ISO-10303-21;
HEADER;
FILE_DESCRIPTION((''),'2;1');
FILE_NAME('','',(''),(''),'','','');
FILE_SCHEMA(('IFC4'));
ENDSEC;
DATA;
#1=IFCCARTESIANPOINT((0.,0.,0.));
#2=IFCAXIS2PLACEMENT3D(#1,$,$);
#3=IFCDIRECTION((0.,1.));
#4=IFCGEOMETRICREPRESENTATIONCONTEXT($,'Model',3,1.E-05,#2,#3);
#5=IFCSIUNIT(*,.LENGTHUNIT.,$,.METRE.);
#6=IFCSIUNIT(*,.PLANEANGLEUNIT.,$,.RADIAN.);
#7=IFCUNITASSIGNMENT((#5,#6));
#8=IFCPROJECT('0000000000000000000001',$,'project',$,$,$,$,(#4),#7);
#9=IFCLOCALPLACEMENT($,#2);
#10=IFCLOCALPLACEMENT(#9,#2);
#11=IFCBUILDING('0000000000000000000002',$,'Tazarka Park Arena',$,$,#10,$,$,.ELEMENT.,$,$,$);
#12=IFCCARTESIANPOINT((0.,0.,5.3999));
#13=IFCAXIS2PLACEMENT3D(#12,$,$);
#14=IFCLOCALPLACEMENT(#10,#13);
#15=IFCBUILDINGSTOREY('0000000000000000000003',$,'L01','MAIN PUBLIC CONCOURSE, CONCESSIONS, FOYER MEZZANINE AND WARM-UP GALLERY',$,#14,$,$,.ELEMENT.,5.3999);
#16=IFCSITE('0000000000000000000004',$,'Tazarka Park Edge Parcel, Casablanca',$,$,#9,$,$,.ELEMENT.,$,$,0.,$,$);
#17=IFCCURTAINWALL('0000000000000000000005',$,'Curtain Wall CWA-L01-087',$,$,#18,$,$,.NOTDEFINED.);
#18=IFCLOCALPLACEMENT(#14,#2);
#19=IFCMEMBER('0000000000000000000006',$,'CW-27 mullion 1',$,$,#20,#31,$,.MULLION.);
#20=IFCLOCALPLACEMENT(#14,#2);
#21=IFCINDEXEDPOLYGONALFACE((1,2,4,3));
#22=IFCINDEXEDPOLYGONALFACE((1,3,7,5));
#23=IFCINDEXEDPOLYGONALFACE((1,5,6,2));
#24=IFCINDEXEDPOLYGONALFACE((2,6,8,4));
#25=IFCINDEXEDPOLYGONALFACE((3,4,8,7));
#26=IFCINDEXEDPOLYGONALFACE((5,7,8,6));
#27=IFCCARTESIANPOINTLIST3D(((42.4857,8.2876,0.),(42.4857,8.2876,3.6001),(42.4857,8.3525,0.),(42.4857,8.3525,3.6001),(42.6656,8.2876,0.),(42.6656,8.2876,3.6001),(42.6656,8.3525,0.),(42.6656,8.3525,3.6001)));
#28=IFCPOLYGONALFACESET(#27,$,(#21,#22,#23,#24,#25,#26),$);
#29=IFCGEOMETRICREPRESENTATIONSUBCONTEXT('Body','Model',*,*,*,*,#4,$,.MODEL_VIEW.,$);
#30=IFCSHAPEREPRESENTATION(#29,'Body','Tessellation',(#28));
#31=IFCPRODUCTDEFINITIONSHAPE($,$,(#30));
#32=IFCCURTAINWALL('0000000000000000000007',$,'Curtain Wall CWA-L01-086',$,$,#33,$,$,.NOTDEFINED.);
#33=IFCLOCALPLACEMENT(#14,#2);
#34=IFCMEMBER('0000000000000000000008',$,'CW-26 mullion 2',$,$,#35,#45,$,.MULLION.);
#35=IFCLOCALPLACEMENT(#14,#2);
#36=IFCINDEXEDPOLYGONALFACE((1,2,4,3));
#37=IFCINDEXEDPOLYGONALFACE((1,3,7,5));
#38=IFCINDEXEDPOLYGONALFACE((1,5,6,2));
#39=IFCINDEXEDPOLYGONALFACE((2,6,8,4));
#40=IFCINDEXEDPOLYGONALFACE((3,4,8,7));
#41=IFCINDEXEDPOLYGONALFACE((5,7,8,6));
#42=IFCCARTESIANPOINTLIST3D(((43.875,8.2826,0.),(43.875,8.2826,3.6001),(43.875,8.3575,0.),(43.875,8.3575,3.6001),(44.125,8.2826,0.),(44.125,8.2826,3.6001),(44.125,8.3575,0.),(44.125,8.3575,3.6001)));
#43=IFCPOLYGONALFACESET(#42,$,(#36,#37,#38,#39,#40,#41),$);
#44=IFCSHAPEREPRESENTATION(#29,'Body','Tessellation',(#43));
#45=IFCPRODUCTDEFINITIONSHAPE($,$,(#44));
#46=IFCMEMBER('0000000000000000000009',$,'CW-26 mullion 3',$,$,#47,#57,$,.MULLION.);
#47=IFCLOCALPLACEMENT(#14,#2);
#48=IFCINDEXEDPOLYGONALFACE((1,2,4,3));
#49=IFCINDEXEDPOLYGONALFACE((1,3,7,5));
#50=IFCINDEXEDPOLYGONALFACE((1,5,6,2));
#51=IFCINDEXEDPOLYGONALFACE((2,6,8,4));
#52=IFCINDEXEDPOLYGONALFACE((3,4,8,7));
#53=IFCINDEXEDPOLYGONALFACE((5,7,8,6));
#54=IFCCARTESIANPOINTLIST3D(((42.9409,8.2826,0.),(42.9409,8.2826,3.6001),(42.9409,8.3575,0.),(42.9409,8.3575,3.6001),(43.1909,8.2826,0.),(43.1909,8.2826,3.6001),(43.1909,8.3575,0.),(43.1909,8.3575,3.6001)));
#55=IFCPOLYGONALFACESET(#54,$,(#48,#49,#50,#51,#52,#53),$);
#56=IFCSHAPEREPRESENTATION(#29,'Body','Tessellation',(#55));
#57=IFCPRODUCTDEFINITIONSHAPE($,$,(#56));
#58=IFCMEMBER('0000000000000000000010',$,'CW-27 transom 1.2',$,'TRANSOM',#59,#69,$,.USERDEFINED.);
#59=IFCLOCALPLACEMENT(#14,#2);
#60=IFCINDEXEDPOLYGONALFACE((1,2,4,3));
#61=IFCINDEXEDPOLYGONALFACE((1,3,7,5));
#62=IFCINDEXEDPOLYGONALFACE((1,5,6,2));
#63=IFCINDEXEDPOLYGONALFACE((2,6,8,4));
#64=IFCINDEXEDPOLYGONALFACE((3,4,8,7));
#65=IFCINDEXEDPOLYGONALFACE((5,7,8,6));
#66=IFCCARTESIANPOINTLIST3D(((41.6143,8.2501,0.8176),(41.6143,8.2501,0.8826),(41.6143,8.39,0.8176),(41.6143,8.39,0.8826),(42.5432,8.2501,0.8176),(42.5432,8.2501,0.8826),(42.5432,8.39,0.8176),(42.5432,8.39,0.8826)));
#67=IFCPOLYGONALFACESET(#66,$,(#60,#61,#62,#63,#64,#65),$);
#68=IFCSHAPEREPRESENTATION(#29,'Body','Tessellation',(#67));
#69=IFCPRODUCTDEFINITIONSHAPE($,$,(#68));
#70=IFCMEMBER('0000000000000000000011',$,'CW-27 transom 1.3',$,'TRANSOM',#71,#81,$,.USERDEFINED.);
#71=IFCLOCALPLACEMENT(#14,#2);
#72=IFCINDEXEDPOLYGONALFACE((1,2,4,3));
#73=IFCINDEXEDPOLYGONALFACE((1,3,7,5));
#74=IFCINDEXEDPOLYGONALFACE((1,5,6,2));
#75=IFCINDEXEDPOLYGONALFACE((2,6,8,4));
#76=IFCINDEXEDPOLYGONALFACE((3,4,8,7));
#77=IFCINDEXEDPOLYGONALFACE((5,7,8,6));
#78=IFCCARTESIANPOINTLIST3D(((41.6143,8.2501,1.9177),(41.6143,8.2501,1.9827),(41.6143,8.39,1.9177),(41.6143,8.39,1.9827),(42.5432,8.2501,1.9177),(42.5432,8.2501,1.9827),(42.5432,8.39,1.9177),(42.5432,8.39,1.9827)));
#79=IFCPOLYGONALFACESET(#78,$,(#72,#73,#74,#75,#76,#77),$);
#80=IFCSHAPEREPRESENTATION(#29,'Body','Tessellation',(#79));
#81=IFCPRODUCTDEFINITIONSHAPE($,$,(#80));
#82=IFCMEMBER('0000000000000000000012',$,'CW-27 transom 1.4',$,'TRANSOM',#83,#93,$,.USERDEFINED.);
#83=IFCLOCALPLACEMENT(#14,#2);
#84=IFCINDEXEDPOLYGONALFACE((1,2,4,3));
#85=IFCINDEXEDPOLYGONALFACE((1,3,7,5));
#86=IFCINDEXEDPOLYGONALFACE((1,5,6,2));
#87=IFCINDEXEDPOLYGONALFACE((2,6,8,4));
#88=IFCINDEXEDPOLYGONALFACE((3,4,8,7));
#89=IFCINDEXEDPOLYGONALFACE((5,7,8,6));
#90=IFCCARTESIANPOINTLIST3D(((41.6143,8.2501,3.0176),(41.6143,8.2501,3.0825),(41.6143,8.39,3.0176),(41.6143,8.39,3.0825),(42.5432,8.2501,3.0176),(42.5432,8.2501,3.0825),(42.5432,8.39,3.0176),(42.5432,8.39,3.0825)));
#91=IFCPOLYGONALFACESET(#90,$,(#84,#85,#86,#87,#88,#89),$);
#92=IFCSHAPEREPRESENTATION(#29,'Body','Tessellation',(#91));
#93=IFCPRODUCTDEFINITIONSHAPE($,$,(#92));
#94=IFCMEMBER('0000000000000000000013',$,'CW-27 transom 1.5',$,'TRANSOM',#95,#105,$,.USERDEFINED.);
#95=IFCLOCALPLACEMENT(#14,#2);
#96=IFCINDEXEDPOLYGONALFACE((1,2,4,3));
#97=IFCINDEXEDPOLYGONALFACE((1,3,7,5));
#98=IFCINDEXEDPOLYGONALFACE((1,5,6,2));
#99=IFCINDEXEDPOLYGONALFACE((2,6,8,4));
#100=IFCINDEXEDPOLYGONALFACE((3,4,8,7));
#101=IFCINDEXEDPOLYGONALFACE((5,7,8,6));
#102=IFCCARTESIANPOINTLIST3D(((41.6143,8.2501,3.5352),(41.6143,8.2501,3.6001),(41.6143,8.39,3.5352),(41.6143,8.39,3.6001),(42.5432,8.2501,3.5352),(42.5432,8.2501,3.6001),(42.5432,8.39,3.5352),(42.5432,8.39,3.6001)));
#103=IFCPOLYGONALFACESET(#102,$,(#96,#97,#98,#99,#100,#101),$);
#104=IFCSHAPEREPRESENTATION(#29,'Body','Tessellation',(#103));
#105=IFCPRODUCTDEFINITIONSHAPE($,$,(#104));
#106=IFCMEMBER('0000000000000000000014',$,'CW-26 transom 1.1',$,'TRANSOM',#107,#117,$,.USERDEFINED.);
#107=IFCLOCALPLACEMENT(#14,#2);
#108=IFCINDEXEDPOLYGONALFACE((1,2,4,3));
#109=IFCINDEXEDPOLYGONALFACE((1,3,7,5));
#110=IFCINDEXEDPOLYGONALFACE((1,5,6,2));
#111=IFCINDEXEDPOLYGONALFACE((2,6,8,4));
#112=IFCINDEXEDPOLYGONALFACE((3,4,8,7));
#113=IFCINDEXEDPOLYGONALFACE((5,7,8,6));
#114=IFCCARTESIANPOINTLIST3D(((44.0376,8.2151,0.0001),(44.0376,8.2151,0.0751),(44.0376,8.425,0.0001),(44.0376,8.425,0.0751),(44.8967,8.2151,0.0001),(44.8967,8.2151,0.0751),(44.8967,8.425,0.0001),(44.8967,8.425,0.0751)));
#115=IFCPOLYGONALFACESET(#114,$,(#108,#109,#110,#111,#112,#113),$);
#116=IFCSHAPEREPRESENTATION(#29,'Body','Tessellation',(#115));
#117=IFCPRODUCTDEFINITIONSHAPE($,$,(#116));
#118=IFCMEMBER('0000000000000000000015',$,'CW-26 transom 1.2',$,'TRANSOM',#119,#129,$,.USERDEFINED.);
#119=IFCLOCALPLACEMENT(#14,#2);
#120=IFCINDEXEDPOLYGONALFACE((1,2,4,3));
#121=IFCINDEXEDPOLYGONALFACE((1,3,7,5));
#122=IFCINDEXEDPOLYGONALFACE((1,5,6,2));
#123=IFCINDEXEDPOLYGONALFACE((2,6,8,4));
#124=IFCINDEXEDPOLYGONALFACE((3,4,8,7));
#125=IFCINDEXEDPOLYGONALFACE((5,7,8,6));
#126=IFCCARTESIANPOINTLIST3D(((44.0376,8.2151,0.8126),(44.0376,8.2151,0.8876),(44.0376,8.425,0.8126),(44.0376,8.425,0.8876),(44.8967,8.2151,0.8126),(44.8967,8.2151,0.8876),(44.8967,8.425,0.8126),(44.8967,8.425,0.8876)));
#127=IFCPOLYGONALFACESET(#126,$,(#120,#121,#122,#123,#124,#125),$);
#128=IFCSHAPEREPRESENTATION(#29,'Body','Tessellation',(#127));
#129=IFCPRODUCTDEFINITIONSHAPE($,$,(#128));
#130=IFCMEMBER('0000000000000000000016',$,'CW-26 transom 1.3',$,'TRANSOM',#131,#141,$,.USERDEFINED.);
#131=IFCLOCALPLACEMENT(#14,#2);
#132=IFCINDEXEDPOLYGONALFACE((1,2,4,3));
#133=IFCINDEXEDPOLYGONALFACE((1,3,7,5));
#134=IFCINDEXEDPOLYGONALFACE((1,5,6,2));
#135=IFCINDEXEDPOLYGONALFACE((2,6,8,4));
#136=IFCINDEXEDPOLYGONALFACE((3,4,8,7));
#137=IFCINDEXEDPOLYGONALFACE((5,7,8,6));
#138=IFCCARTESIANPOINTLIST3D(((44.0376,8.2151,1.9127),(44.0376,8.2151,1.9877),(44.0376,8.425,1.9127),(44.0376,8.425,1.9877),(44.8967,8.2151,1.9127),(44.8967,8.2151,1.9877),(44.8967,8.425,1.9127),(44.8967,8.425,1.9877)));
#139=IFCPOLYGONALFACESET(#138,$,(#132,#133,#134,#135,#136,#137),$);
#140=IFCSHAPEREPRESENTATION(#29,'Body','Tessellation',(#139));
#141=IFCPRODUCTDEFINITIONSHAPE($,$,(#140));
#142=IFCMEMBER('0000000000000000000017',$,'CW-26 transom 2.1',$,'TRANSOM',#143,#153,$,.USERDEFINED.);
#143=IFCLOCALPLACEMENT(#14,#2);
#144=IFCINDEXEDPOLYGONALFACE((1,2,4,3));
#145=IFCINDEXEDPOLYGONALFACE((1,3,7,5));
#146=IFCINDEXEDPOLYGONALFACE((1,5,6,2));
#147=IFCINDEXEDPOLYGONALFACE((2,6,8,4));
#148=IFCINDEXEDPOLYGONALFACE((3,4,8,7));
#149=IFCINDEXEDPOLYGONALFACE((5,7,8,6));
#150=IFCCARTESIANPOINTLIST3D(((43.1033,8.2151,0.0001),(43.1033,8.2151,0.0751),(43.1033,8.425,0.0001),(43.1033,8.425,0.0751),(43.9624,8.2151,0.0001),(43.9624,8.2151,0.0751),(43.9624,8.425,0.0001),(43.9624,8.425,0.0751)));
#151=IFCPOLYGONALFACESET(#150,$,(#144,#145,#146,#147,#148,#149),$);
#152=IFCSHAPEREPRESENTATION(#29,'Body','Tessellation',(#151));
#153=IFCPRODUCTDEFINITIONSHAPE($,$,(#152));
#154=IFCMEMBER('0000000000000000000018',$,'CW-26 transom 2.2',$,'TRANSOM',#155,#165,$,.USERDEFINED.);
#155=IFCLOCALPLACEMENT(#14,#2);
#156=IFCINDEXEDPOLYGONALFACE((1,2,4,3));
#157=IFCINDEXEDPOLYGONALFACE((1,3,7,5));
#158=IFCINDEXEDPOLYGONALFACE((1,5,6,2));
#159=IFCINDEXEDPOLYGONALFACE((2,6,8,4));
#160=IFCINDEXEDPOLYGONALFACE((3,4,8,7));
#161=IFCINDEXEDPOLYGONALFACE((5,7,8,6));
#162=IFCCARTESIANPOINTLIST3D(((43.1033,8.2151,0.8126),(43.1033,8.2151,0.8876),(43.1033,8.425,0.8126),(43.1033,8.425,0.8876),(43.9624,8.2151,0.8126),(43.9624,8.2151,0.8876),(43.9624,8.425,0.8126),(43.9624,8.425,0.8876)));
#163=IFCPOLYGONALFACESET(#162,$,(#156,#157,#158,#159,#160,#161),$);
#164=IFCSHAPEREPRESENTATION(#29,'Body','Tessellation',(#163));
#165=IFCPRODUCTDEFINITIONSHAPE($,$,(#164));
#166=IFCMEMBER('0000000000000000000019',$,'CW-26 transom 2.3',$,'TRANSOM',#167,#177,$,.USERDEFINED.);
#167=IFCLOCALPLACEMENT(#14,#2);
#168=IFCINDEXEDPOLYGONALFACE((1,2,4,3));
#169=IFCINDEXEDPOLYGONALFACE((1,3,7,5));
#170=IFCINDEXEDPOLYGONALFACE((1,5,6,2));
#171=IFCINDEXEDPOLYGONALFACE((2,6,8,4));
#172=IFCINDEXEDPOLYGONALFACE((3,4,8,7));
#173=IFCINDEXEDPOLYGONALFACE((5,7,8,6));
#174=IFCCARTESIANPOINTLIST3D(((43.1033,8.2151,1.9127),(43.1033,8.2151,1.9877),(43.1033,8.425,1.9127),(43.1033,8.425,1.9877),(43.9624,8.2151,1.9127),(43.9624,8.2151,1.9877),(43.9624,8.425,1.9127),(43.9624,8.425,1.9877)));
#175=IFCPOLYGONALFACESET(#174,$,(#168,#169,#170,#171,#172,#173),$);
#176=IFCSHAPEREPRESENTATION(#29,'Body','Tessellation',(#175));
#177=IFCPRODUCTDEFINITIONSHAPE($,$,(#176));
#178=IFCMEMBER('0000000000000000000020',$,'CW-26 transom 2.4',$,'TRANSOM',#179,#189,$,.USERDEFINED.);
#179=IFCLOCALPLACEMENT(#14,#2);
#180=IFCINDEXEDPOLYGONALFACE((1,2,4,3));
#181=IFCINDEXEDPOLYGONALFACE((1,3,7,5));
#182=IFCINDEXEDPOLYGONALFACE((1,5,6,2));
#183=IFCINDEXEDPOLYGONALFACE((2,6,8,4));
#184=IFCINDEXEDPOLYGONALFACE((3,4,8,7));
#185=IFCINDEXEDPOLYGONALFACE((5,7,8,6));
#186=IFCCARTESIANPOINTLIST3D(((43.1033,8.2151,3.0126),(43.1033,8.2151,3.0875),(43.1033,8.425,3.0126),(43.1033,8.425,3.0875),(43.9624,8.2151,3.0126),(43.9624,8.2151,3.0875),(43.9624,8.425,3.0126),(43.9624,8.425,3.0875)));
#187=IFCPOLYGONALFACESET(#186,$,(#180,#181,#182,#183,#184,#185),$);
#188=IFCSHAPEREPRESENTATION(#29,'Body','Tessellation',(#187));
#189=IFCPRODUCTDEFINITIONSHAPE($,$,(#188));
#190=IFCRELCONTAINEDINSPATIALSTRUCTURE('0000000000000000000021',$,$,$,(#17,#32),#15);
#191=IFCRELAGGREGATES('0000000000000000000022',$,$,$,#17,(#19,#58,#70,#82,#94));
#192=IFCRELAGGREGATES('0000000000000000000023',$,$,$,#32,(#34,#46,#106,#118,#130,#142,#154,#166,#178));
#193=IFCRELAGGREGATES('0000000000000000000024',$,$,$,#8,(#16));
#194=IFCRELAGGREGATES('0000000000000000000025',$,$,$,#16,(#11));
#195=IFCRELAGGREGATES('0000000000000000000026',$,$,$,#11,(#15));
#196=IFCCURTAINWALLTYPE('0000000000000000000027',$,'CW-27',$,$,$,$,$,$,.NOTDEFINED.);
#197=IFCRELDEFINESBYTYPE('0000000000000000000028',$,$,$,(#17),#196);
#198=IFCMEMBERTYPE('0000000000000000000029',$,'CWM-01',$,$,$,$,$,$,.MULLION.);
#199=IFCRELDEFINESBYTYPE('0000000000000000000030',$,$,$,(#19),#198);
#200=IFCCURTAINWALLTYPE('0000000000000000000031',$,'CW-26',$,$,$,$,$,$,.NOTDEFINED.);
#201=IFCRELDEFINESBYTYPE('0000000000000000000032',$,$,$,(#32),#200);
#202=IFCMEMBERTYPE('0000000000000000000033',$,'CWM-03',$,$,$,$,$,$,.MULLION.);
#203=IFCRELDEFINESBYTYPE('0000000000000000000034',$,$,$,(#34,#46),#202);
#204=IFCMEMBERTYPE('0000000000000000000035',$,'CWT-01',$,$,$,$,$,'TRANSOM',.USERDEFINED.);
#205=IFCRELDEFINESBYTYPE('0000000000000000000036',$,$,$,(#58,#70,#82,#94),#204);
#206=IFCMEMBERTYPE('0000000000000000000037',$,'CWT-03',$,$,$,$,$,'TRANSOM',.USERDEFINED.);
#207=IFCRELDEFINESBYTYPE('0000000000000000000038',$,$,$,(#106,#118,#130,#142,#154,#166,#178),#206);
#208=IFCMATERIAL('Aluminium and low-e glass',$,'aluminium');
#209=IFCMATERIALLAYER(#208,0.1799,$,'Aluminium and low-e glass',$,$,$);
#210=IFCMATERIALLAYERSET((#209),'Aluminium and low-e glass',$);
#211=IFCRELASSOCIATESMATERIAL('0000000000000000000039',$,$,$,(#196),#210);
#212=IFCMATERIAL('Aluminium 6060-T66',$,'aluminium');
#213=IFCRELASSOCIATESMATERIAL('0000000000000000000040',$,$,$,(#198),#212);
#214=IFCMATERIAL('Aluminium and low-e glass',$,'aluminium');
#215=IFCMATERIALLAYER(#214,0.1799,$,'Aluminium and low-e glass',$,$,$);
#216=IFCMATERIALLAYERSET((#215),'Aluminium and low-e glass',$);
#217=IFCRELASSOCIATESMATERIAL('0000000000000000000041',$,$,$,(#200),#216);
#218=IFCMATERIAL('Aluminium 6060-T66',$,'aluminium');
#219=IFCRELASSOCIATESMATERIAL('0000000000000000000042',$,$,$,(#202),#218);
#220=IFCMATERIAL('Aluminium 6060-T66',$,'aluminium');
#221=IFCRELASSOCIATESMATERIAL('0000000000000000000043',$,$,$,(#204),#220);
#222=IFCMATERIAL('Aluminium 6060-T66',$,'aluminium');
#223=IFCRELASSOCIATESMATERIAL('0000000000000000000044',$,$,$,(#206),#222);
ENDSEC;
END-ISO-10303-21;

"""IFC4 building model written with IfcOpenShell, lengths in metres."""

from ifc_helpers import new_model, si_unit, direction, frame, origin, origin_2d, place, context, subcontext, project, spatial, rectangle, extrude, material, layer, layer_set, material_profile, profile_set, type_object, element, aggregate, save


model = new_model("IFC4")

# Units and contexts
model_context = context("Model", 3, precision=1e-05, world=origin(), true_north=direction((0.0, 1.0)))
body_context = subcontext(model_context, "Body", "Model", "MODEL_VIEW")
ifc_project = project(units=[si_unit("LENGTHUNIT", "METRE"), si_unit("PLANEANGLEUNIT", "RADIAN")], contexts=[model_context])

# Site, building, storey
site_placement = place(None, origin())
site = spatial("IfcSite", under=ifc_project, at=site_placement, Name="Tazarka Park Edge Parcel, Casablanca", CompositionType="ELEMENT", RefElevation=0.0)
building_placement = place(site_placement, origin())
building = spatial("IfcBuilding", under=site, at=building_placement, Name="Tazarka Park Arena", CompositionType="ELEMENT")
storey_placement = place(building_placement, frame((0.0, 0.0, 5.3999)))
storey = spatial("IfcBuildingStorey", under=building, at=storey_placement, Name="L01", Description="MAIN PUBLIC CONCOURSE, CONCESSIONS, FOYER MEZZANINE AND WARM-UP GALLERY", CompositionType="ELEMENT", Elevation=5.3999)

# Curtain wall, member
ifc_material_1 = material(Name="Aluminium and low-e glass", Category="aluminium")
ifc_layer_1 = layer(ifc_material_1, 0.1799, Name="Aluminium and low-e glass")
ifc_layer_set_1 = layer_set([ifc_layer_1], Name="Aluminium and low-e glass")
curtain_wall_type_1 = type_object("IfcCurtainWallType", Name="CW-27", PredefinedType="NOTDEFINED", material=ifc_layer_set_1)
curtain_wall_1_placement = place(storey_placement, origin())
curtain_wall_1 = element("IfcCurtainWall", 1, at=curtain_wall_1_placement, inside=storey, type_object=curtain_wall_type_1, Name="Curtain Wall CWA-L01-087", PredefinedType="NOTDEFINED")
ifc_material_2 = material(Name="Aluminium 6060-T66", Category="aluminium")
ifc_material_profile_1 = material_profile(ifc_material_2, rectangle(XDim=0.0649, YDim=0.1799, at=origin_2d()), Name="Aluminium 6060-T66")
ifc_profile_set_1 = profile_set([ifc_material_profile_1], Name="Aluminium 6060-T66")
member_type_1 = type_object("IfcMemberType", Name="CWM-01", PredefinedType="MULLION", material=ifc_profile_set_1)
member_1_placement = place(storey_placement, frame((42.5757, 8.3201, 0.0), z_axis=(0.0, 0.0, 1.0), x_axis=(0.0, -1.0, 0.0)))
member_1 = element("IfcMember", 2, at=member_1_placement, type_object=member_type_1, Name="CW-27 mullion 1", PredefinedType="MULLION", context=body_context, shape_type="SweptSolid", body=[
    extrude(rectangle(XDim=0.0649, YDim=0.1799, at=origin_2d()), origin(), (0.0, 0.0, 1.0), 3.6001),
])

# Curtain wall, members
ifc_material_3 = material(Name="Aluminium and low-e glass", Category="aluminium")
ifc_layer_2 = layer(ifc_material_3, 0.1799, Name="Aluminium and low-e glass")
ifc_layer_set_2 = layer_set([ifc_layer_2], Name="Aluminium and low-e glass")
curtain_wall_type_2 = type_object("IfcCurtainWallType", Name="CW-26", PredefinedType="NOTDEFINED", material=ifc_layer_set_2)
curtain_wall_2_placement = place(storey_placement, origin())
curtain_wall_2 = element("IfcCurtainWall", 3, at=curtain_wall_2_placement, inside=storey, type_object=curtain_wall_type_2, Name="Curtain Wall CWA-L01-086", PredefinedType="NOTDEFINED")
ifc_material_4 = material(Name="Aluminium 6060-T66", Category="aluminium")
ifc_material_profile_2 = material_profile(ifc_material_4, rectangle(XDim=0.075, YDim=0.25, at=origin_2d()), Name="Aluminium 6060-T66")
ifc_profile_set_2 = profile_set([ifc_material_profile_2], Name="Aluminium 6060-T66")
member_type_2 = type_object("IfcMemberType", Name="CWM-03", PredefinedType="MULLION", material=ifc_profile_set_2)
member_2_placement = place(storey_placement, frame((44.0, 8.3201, 0.0), z_axis=(0.0, 0.0, 1.0), x_axis=(0.0, -1.0, 0.0)))
member_2 = element("IfcMember", 4, at=member_2_placement, type_object=member_type_2, Name="CW-26 mullion 2", PredefinedType="MULLION", context=body_context, shape_type="SweptSolid", body=[
    extrude(rectangle(XDim=0.075, YDim=0.25, at=origin_2d()), origin(), (0.0, 0.0, 1.0), 3.6001),
])
member_3_placement = place(storey_placement, frame((43.0659, 8.3201, 0.0), z_axis=(0.0, 0.0, 1.0), x_axis=(0.0, -1.0, 0.0)))
member_3 = element("IfcMember", 5, at=member_3_placement, type_object=member_type_2, Name="CW-26 mullion 3", PredefinedType="MULLION", context=body_context, shape_type="SweptSolid", body=[
    extrude(rectangle(XDim=0.075, YDim=0.25, at=origin_2d()), origin(), (0.0, 0.0, 1.0), 3.6001),
])

# Members
ifc_material_5 = material(Name="Aluminium 6060-T66", Category="aluminium")
ifc_material_profile_3 = material_profile(ifc_material_5, rectangle(XDim=0.1399, YDim=0.0649, at=origin_2d()), Name="Aluminium 6060-T66")
ifc_profile_set_3 = profile_set([ifc_material_profile_3], Name="Aluminium 6060-T66")
member_type_3 = type_object("IfcMemberType", Name="CWT-01", ElementType="TRANSOM", PredefinedType="USERDEFINED", material=ifc_profile_set_3)
member_4_placement = place(storey_placement, frame((42.5432, 8.3201, 0.8501), z_axis=(-1.0, 0.0, 0.0), x_axis=(0.0, -1.0, 0.0)))
member_4 = element("IfcMember", 6, at=member_4_placement, type_object=member_type_3, Name="CW-27 transom 1.2", ObjectType="TRANSOM", PredefinedType="USERDEFINED", context=body_context, shape_type="SweptSolid", body=[
    extrude(rectangle(XDim=0.1399, YDim=0.0649, at=origin_2d()), origin(), (0.0, 0.0, 1.0), 0.929),
])
member_5_placement = place(storey_placement, frame((42.5432, 8.3201, 1.9502), z_axis=(-1.0, 0.0, 0.0), x_axis=(0.0, -1.0, 0.0)))
member_5 = element("IfcMember", 7, at=member_5_placement, type_object=member_type_3, Name="CW-27 transom 1.3", ObjectType="TRANSOM", PredefinedType="USERDEFINED", context=body_context, shape_type="SweptSolid", body=[
    extrude(rectangle(XDim=0.1399, YDim=0.0649, at=origin_2d()), origin(), (0.0, 0.0, 1.0), 0.929),
])
member_6_placement = place(storey_placement, frame((42.5432, 8.3201, 3.05), z_axis=(-1.0, 0.0, 0.0), x_axis=(0.0, -1.0, 0.0)))
member_6 = element("IfcMember", 8, at=member_6_placement, type_object=member_type_3, Name="CW-27 transom 1.4", ObjectType="TRANSOM", PredefinedType="USERDEFINED", context=body_context, shape_type="SweptSolid", body=[
    extrude(rectangle(XDim=0.1399, YDim=0.0649, at=origin_2d()), origin(), (0.0, 0.0, 1.0), 0.929),
])
member_7_placement = place(storey_placement, frame((42.5432, 8.3201, 3.5676), z_axis=(-1.0, 0.0, 0.0), x_axis=(0.0, -1.0, 0.0)))
member_7 = element("IfcMember", 9, at=member_7_placement, type_object=member_type_3, Name="CW-27 transom 1.5", ObjectType="TRANSOM", PredefinedType="USERDEFINED", context=body_context, shape_type="SweptSolid", body=[
    extrude(rectangle(XDim=0.1399, YDim=0.0649, at=origin_2d()), origin(), (0.0, 0.0, 1.0), 0.929),
])
aggregate(curtain_wall_1, [member_1, member_4, member_5, member_6, member_7])
ifc_material_6 = material(Name="Aluminium 6060-T66", Category="aluminium")
ifc_material_profile_4 = material_profile(ifc_material_6, rectangle(XDim=0.21, YDim=0.075, at=origin_2d()), Name="Aluminium 6060-T66")
ifc_profile_set_4 = profile_set([ifc_material_profile_4], Name="Aluminium 6060-T66")
member_type_4 = type_object("IfcMemberType", Name="CWT-03", ElementType="TRANSOM", PredefinedType="USERDEFINED", material=ifc_profile_set_4)
member_8_placement = place(storey_placement, frame((44.8967, 8.3201, 0.0376), z_axis=(-1.0, 0.0, 0.0), x_axis=(0.0, -1.0, 0.0)))
member_8 = element("IfcMember", 10, at=member_8_placement, type_object=member_type_4, Name="CW-26 transom 1.1", ObjectType="TRANSOM", PredefinedType="USERDEFINED", context=body_context, shape_type="SweptSolid", body=[
    extrude(rectangle(XDim=0.21, YDim=0.075, at=origin_2d()), origin(), (0.0, 0.0, 1.0), 0.8591),
])
member_9_placement = place(storey_placement, frame((44.8967, 8.3201, 0.8501), z_axis=(-1.0, 0.0, 0.0), x_axis=(0.0, -1.0, 0.0)))
member_9 = element("IfcMember", 11, at=member_9_placement, type_object=member_type_4, Name="CW-26 transom 1.2", ObjectType="TRANSOM", PredefinedType="USERDEFINED", context=body_context, shape_type="SweptSolid", body=[
    extrude(rectangle(XDim=0.21, YDim=0.075, at=origin_2d()), origin(), (0.0, 0.0, 1.0), 0.8591),
])
member_10_placement = place(storey_placement, frame((44.8967, 8.3201, 1.9502), z_axis=(-1.0, 0.0, 0.0), x_axis=(0.0, -1.0, 0.0)))
member_10 = element("IfcMember", 12, at=member_10_placement, type_object=member_type_4, Name="CW-26 transom 1.3", ObjectType="TRANSOM", PredefinedType="USERDEFINED", context=body_context, shape_type="SweptSolid", body=[
    extrude(rectangle(XDim=0.21, YDim=0.075, at=origin_2d()), origin(), (0.0, 0.0, 1.0), 0.8591),
])
member_11_placement = place(storey_placement, frame((43.9624, 8.3201, 0.0376), z_axis=(-1.0, 0.0, 0.0), x_axis=(0.0, -1.0, 0.0)))
member_11 = element("IfcMember", 13, at=member_11_placement, type_object=member_type_4, Name="CW-26 transom 2.1", ObjectType="TRANSOM", PredefinedType="USERDEFINED", context=body_context, shape_type="SweptSolid", body=[
    extrude(rectangle(XDim=0.21, YDim=0.075, at=origin_2d()), origin(), (0.0, 0.0, 1.0), 0.8591),
])
member_12_placement = place(storey_placement, frame((43.9624, 8.3201, 0.8501), z_axis=(-1.0, 0.0, 0.0), x_axis=(0.0, -1.0, 0.0)))
member_12 = element("IfcMember", 14, at=member_12_placement, type_object=member_type_4, Name="CW-26 transom 2.2", ObjectType="TRANSOM", PredefinedType="USERDEFINED", context=body_context, shape_type="SweptSolid", body=[
    extrude(rectangle(XDim=0.21, YDim=0.075, at=origin_2d()), origin(), (0.0, 0.0, 1.0), 0.8591),
])
member_13_placement = place(storey_placement, frame((43.9624, 8.3201, 1.9502), z_axis=(-1.0, 0.0, 0.0), x_axis=(0.0, -1.0, 0.0)))
member_13 = element("IfcMember", 15, at=member_13_placement, type_object=member_type_4, Name="CW-26 transom 2.3", ObjectType="TRANSOM", PredefinedType="USERDEFINED", context=body_context, shape_type="SweptSolid", body=[
    extrude(rectangle(XDim=0.21, YDim=0.075, at=origin_2d()), origin(), (0.0, 0.0, 1.0), 0.8591),
])
member_14_placement = place(storey_placement, frame((43.9624, 8.3201, 3.05), z_axis=(-1.0, 0.0, 0.0), x_axis=(0.0, -1.0, 0.0)))
member_14 = element("IfcMember", 16, at=member_14_placement, type_object=member_type_4, Name="CW-26 transom 2.4", ObjectType="TRANSOM", PredefinedType="USERDEFINED", context=body_context, shape_type="SweptSolid", body=[
    extrude(rectangle(XDim=0.21, YDim=0.075, at=origin_2d()), origin(), (0.0, 0.0, 1.0), 0.8591),
])

aggregate(curtain_wall_2, [member_2, member_3, member_8, member_9, member_10, member_11, member_12, member_13, member_14])

save(model, "model.ifc")
